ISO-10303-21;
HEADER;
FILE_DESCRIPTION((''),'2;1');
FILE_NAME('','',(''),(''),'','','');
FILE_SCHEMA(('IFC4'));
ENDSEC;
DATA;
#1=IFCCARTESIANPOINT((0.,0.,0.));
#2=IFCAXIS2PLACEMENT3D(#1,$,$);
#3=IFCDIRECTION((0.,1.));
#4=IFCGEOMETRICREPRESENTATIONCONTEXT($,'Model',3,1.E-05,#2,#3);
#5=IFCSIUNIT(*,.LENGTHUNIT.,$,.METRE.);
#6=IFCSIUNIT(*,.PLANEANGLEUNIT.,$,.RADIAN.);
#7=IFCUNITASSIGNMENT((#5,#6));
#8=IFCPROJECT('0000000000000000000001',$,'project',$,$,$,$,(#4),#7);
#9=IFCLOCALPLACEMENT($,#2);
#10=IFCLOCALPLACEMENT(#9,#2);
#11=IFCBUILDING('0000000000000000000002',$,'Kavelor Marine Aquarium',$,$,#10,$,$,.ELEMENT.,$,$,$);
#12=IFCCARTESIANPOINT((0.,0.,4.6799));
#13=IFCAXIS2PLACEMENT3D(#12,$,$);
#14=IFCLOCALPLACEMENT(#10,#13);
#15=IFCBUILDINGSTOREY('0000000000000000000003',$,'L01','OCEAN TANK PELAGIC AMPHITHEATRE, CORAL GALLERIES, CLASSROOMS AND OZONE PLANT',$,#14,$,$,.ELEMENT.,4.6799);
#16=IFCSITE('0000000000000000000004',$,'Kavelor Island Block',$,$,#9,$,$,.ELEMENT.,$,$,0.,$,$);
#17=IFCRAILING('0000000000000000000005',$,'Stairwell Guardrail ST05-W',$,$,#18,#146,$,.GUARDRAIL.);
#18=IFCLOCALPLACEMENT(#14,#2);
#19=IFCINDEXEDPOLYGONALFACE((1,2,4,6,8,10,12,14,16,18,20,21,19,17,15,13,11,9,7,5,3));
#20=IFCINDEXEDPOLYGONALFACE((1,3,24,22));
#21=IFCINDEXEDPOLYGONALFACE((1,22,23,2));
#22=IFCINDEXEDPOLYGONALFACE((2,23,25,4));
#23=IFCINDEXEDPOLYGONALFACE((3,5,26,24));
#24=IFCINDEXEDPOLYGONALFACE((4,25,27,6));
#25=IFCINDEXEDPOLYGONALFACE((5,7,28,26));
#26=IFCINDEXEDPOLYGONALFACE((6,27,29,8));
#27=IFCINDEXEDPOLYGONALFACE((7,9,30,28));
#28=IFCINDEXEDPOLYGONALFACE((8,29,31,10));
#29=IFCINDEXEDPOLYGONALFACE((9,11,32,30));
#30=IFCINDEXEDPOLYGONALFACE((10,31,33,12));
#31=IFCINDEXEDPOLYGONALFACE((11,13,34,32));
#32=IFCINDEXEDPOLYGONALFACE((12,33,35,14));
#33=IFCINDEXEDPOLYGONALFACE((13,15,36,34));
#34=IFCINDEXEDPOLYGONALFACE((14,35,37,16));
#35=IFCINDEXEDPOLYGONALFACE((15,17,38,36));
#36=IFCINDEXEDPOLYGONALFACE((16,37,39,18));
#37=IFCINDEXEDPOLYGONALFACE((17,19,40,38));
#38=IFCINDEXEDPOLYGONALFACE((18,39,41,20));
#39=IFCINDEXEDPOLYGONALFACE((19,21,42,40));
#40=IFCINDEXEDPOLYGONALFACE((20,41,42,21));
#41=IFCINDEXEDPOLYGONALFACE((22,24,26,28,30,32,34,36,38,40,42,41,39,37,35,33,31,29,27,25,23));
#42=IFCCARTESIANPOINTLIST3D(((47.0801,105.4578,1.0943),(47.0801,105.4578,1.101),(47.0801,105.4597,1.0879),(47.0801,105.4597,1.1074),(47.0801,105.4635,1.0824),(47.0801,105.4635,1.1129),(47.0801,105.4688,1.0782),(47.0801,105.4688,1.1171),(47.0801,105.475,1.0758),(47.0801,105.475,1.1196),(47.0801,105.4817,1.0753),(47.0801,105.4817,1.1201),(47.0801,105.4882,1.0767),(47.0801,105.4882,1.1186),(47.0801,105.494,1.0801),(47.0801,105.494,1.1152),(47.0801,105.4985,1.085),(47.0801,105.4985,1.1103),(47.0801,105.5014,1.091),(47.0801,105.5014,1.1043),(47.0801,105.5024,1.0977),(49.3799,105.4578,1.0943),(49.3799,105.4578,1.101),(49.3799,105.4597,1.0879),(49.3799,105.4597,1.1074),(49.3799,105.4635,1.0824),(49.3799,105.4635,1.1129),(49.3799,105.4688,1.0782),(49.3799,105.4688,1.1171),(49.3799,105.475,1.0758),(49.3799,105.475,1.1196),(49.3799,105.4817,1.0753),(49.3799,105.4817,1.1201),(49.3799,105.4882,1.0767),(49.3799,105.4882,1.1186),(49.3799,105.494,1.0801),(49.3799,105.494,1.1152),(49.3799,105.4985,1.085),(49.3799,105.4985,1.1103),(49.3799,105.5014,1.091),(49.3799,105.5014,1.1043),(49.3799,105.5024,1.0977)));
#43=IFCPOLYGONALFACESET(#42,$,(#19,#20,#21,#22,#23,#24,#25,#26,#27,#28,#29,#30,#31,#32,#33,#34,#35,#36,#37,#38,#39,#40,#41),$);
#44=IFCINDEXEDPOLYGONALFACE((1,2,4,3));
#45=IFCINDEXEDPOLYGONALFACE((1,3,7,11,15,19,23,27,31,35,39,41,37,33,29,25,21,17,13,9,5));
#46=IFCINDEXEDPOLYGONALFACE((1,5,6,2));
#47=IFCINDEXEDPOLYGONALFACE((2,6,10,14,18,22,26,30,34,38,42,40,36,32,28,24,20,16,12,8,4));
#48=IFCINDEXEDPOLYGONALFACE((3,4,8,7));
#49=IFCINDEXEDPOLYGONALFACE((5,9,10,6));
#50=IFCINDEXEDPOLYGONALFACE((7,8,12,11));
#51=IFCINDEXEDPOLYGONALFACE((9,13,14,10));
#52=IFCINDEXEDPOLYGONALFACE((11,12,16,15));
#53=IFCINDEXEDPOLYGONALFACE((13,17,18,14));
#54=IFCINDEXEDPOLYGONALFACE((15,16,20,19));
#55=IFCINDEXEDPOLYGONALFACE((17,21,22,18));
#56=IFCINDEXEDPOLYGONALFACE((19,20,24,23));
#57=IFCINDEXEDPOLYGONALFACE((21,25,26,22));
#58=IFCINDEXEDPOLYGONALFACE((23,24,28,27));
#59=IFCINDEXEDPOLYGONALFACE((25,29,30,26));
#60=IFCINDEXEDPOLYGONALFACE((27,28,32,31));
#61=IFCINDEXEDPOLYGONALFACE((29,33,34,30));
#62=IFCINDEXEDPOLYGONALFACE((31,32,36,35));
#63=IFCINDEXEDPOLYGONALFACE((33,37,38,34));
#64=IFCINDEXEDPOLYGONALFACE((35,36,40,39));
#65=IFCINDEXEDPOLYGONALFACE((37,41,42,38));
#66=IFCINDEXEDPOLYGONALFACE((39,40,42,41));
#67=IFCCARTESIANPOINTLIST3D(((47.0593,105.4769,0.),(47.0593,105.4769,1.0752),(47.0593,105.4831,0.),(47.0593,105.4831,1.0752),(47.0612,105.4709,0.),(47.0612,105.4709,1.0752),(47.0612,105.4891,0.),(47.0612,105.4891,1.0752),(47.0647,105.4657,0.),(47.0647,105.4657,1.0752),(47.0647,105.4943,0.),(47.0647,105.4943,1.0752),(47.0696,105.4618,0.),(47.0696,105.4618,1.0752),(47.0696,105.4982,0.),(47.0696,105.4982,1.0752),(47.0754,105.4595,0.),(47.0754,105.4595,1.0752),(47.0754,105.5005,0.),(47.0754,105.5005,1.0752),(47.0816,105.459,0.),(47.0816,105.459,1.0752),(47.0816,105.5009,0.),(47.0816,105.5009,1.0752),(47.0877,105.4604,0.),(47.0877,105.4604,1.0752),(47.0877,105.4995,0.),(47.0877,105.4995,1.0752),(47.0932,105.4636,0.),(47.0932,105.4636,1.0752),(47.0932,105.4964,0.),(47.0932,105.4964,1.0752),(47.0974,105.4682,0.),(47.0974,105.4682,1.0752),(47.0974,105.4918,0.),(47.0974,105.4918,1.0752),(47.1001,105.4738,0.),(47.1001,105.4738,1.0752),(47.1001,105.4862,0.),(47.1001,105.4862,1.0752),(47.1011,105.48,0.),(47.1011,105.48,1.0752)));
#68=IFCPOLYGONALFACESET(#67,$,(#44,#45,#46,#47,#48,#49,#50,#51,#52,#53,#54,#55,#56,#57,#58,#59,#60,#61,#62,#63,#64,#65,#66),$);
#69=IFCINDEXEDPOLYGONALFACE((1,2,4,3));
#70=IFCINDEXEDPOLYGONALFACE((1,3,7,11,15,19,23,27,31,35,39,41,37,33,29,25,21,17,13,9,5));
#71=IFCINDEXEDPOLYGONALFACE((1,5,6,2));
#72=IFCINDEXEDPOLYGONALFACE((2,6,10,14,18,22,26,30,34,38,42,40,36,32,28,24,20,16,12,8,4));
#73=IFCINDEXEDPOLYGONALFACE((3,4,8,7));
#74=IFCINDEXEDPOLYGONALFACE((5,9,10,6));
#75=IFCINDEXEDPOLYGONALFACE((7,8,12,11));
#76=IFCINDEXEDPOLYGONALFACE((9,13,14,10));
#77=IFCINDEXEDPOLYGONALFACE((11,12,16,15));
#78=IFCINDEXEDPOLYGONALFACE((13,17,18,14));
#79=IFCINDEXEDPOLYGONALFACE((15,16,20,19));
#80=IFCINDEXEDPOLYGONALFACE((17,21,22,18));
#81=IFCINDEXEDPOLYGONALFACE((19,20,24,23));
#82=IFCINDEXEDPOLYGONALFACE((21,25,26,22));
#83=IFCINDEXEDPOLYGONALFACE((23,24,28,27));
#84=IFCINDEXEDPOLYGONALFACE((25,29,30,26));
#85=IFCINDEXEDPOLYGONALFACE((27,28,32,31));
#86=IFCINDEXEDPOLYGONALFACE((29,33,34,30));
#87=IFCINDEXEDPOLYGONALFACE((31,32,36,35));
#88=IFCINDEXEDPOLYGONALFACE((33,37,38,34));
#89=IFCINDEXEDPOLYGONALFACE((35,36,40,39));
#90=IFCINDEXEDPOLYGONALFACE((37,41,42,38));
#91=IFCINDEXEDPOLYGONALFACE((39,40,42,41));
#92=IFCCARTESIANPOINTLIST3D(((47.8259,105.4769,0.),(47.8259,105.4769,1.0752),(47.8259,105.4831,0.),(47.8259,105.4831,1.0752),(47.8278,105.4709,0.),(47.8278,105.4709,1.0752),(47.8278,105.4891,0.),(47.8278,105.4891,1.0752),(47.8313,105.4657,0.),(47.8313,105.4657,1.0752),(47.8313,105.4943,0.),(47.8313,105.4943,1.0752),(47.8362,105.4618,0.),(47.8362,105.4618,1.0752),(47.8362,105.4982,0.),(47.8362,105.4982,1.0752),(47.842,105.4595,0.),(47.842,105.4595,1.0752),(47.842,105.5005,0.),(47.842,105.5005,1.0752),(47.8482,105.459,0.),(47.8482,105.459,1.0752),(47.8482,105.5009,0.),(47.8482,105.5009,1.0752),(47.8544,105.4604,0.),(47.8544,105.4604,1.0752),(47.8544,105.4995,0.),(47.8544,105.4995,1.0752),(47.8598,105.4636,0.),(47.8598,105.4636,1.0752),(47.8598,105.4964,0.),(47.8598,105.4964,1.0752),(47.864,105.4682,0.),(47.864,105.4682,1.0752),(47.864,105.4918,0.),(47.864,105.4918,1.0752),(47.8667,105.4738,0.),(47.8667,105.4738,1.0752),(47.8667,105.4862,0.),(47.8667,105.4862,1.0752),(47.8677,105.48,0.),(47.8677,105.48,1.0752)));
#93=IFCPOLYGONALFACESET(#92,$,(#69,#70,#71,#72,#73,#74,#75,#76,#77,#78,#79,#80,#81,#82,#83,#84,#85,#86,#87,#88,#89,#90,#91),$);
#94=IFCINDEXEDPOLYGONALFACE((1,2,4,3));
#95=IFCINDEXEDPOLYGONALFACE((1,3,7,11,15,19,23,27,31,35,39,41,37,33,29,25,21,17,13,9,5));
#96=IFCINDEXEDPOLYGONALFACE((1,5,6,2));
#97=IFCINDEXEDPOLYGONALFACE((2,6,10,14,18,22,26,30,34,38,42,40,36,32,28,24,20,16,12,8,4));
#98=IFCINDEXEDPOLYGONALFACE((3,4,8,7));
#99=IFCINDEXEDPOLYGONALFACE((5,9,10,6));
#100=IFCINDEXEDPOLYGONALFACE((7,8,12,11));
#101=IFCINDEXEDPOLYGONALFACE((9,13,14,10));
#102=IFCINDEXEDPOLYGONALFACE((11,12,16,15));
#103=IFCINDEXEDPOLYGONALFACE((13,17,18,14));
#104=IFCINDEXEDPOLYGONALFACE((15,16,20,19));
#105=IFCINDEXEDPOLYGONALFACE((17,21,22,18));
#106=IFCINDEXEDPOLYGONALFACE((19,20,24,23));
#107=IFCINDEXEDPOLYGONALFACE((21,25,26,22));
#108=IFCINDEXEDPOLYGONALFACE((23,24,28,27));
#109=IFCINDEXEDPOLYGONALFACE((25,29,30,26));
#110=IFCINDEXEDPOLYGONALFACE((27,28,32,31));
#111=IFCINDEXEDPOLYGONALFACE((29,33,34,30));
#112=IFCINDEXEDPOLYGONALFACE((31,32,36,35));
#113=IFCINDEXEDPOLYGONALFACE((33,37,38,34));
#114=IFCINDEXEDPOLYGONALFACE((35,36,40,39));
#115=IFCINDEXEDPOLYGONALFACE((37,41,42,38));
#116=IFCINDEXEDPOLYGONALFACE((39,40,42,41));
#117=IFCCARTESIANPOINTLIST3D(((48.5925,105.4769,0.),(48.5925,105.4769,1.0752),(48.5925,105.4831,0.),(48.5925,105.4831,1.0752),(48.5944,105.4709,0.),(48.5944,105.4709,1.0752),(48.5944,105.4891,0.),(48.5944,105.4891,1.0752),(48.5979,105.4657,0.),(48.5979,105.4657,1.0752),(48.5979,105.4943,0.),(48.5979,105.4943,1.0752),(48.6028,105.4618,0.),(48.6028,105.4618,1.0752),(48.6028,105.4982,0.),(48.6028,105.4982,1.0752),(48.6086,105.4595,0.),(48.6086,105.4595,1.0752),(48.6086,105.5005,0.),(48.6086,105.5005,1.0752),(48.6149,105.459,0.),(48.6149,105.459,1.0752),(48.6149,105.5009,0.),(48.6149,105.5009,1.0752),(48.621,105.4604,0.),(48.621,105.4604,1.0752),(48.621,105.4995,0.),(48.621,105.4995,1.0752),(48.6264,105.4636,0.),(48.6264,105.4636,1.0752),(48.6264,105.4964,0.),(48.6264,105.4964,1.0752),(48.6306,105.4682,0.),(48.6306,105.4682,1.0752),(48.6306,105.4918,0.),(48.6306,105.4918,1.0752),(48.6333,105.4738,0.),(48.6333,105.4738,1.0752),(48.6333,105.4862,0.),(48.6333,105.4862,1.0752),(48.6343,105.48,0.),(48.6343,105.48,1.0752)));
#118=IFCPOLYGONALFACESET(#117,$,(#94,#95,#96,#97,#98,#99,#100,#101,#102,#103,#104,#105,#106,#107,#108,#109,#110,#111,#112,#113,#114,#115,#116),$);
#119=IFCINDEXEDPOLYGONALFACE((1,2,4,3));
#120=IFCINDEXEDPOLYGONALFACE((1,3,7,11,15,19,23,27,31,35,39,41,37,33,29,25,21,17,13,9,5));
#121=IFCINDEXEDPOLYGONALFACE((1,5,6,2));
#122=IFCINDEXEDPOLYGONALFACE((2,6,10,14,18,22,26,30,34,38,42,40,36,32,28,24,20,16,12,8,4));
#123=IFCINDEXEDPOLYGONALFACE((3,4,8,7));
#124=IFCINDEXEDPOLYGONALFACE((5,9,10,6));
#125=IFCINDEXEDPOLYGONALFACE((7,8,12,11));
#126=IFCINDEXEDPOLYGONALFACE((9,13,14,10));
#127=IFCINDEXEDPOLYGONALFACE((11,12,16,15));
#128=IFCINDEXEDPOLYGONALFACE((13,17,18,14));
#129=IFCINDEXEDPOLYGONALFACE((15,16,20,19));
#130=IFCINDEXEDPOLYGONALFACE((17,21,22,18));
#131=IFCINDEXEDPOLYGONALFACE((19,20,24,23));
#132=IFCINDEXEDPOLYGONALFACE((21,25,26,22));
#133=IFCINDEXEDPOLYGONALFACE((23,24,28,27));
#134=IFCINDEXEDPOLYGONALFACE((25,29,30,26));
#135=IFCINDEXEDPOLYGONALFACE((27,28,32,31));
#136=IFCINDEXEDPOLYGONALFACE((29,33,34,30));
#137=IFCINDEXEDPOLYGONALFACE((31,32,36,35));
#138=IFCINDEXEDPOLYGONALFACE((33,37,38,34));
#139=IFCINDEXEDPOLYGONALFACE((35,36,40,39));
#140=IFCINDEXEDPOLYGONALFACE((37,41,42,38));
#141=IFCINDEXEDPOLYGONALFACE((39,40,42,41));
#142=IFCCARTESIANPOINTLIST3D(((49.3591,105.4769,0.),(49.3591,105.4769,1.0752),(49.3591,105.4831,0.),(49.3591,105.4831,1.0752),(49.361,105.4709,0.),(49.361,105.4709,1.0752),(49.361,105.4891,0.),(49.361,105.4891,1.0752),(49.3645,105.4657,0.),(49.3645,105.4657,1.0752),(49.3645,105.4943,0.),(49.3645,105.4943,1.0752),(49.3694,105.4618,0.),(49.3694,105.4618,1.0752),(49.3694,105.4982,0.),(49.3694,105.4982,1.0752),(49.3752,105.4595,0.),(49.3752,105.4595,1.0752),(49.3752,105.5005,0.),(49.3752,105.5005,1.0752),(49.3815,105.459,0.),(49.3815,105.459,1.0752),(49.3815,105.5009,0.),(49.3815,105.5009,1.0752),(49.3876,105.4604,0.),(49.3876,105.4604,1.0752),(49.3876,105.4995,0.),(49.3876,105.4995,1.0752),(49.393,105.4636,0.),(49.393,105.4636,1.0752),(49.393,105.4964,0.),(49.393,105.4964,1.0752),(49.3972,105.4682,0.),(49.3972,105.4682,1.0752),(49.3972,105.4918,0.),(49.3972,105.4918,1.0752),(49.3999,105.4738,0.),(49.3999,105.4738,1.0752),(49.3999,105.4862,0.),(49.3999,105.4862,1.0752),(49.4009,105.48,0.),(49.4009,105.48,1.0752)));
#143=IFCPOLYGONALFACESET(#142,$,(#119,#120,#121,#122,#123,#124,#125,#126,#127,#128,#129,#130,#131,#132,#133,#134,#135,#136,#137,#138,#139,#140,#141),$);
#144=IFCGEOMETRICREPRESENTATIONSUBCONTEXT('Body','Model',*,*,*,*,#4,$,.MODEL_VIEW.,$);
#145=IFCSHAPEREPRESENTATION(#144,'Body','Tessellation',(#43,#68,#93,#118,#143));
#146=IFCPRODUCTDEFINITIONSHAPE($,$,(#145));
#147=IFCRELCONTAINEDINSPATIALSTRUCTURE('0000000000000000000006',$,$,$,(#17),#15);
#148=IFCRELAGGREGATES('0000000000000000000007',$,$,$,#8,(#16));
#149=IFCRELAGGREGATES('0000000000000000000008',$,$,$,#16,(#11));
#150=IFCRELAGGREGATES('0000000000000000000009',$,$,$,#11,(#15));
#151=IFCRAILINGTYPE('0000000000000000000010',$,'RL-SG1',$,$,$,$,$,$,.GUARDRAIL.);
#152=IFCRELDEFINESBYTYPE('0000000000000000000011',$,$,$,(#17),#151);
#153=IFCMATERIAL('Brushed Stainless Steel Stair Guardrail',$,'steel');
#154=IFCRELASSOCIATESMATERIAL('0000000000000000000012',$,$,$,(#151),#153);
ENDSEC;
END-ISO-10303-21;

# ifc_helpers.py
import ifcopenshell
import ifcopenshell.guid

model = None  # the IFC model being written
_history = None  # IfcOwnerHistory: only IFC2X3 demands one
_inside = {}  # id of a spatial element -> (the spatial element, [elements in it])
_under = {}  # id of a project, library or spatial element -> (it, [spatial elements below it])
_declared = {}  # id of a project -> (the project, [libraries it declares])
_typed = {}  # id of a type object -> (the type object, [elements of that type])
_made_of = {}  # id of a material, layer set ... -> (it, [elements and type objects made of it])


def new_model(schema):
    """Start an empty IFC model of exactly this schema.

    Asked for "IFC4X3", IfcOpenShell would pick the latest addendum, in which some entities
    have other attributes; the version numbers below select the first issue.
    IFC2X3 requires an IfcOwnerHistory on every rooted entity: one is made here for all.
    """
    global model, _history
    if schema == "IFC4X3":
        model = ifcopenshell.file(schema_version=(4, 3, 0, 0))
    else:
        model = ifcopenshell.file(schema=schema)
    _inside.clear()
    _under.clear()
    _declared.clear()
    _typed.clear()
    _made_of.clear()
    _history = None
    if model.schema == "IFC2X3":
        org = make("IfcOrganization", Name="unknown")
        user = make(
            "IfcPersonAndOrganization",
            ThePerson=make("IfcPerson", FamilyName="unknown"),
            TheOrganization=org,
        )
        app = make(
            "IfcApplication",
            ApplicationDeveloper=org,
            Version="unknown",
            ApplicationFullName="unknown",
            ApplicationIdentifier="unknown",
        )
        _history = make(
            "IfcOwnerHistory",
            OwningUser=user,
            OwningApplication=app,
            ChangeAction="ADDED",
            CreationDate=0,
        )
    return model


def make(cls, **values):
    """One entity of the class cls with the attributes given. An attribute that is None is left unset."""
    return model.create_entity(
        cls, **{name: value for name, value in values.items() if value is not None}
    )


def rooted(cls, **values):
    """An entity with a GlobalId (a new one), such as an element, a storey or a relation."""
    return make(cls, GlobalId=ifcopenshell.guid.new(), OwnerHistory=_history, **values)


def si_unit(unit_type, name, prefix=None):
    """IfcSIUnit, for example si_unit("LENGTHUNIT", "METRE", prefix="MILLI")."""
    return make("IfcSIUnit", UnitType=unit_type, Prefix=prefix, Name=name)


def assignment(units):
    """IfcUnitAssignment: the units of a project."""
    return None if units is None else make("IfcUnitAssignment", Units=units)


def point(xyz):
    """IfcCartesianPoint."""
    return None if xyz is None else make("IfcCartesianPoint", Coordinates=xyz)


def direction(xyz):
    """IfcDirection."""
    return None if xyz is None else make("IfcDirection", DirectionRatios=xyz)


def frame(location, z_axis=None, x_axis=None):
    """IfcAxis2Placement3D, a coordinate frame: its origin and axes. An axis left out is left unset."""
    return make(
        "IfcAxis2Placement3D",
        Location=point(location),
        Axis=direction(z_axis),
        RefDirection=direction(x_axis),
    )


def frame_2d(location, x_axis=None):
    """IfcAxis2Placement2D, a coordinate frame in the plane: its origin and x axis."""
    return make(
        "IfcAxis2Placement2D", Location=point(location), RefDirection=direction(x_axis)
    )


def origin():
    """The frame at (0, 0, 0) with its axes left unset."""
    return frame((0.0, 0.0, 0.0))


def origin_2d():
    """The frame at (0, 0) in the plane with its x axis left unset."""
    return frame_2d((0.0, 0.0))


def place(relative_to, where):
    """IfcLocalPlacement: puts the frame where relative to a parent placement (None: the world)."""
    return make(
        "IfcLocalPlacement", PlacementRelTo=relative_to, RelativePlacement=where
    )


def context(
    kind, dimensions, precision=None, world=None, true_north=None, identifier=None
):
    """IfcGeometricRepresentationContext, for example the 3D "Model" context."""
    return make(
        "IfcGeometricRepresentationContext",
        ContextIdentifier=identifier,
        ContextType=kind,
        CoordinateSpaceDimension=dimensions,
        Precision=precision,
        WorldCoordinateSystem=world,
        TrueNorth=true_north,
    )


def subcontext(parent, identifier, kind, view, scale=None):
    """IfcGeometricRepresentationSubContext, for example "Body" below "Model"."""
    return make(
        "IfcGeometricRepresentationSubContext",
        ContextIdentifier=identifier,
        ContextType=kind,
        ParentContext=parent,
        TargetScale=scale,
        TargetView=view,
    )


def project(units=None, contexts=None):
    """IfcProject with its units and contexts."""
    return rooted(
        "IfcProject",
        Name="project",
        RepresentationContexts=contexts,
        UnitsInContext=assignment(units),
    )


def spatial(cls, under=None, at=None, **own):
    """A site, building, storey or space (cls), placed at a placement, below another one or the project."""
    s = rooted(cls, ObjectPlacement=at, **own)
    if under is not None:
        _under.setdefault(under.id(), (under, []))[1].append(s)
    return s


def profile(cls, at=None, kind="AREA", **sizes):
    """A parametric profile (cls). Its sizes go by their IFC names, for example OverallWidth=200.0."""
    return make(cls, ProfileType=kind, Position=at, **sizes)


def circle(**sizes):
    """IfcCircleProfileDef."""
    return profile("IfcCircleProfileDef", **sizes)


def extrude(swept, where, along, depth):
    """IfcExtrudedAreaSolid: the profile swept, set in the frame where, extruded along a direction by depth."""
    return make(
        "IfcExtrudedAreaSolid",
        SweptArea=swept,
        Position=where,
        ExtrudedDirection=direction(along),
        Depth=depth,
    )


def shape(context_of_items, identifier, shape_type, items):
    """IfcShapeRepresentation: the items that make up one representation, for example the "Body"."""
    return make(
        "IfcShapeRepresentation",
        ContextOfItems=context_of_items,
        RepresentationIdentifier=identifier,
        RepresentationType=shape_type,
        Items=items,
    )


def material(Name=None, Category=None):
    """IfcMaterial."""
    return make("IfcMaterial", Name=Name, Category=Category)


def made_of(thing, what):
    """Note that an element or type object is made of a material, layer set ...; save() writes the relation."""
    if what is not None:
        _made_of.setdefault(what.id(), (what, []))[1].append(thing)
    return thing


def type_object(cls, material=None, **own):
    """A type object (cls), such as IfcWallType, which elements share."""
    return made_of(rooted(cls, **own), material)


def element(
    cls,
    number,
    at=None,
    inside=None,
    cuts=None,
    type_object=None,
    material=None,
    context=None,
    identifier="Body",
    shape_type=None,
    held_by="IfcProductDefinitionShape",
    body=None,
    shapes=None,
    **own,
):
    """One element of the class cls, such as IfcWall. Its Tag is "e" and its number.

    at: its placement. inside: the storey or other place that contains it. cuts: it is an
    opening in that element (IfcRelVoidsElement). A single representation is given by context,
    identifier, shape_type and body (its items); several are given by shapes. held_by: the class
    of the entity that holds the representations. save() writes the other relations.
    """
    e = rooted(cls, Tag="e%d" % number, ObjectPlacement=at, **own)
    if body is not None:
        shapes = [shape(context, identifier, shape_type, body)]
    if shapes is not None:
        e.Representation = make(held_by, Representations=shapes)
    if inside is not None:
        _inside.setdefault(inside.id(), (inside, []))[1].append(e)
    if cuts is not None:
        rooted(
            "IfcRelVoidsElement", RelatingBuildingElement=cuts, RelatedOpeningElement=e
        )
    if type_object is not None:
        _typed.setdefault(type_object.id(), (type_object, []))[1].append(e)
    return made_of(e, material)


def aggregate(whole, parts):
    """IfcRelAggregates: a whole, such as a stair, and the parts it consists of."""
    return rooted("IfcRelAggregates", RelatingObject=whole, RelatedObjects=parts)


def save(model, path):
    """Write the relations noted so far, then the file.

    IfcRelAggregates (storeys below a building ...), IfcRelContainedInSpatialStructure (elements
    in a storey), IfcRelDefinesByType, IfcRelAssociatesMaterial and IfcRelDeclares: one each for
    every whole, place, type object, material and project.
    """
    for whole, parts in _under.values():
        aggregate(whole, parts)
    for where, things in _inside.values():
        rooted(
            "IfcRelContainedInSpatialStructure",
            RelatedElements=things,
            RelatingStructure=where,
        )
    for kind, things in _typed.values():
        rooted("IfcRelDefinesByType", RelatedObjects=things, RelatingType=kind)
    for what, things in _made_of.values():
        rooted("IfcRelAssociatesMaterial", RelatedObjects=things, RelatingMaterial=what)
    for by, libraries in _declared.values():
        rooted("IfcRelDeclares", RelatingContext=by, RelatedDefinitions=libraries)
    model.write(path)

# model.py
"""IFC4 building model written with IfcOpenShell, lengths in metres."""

from ifc_helpers import new_model, si_unit, direction, frame, origin, origin_2d, place, context, subcontext, project, spatial, circle, extrude, material, type_object, element, save


model = new_model("IFC4")

# Units and contexts
model_context = context("Model", 3, precision=1e-05, world=origin(), true_north=direction((0.0, 1.0)))
body_context = subcontext(model_context, "Body", "Model", "MODEL_VIEW")
ifc_project = project(units=[si_unit("LENGTHUNIT", "METRE"), si_unit("PLANEANGLEUNIT", "RADIAN")], contexts=[model_context])

# Site, building, storey
site_placement = place(None, origin())
site = spatial("IfcSite", under=ifc_project, at=site_placement, Name="Kavelor Island Block", CompositionType="ELEMENT", RefElevation=0.0)
building_placement = place(site_placement, origin())
building = spatial("IfcBuilding", under=site, at=building_placement, Name="Kavelor Marine Aquarium", CompositionType="ELEMENT")
storey_placement = place(building_placement, frame((0.0, 0.0, 4.6799)))
storey = spatial("IfcBuildingStorey", under=building, at=storey_placement, Name="L01", Description="OCEAN TANK PELAGIC AMPHITHEATRE, CORAL GALLERIES, CLASSROOMS AND OZONE PLANT", CompositionType="ELEMENT", Elevation=4.6799)

# Railing
ifc_material_1 = material(Name="Brushed Stainless Steel Stair Guardrail", Category="steel")
railing_type_1 = type_object("IfcRailingType", Name="RL-SG1", PredefinedType="GUARDRAIL", material=ifc_material_1)
railing_1_placement = place(storey_placement, frame((47.0801, 105.48, 0.0)))
element("IfcRailing", 1, at=railing_1_placement, inside=storey, type_object=railing_type_1, Name="Stairwell Guardrail ST05-W", PredefinedType="GUARDRAIL", context=body_context, shape_type="SweptSolid", body=[
    extrude(circle(Radius=0.0225, at=origin_2d()), frame((0.0, 0.0, 1.0977), z_axis=(1.0, 0.0, 0.0), x_axis=(0.0, 1.0, 0.0)), (0.0, 0.0, 1.0), 2.2998),
    extrude(circle(Radius=0.021, at=origin_2d()), origin(), (0.0, 0.0, 1.0), 1.0752),
    extrude(circle(Radius=0.021, at=origin_2d()), frame((0.7666, 0.0, 0.0)), (0.0, 0.0, 1.0), 1.0752),
    extrude(circle(Radius=0.021, at=origin_2d()), frame((1.5332, 0.0, 0.0)), (0.0, 0.0, 1.0), 1.0752),
    extrude(circle(Radius=0.021, at=origin_2d()), frame((2.2998, 0.0, 0.0)), (0.0, 0.0, 1.0), 1.0752),
])

save(model, "model.ifc")
